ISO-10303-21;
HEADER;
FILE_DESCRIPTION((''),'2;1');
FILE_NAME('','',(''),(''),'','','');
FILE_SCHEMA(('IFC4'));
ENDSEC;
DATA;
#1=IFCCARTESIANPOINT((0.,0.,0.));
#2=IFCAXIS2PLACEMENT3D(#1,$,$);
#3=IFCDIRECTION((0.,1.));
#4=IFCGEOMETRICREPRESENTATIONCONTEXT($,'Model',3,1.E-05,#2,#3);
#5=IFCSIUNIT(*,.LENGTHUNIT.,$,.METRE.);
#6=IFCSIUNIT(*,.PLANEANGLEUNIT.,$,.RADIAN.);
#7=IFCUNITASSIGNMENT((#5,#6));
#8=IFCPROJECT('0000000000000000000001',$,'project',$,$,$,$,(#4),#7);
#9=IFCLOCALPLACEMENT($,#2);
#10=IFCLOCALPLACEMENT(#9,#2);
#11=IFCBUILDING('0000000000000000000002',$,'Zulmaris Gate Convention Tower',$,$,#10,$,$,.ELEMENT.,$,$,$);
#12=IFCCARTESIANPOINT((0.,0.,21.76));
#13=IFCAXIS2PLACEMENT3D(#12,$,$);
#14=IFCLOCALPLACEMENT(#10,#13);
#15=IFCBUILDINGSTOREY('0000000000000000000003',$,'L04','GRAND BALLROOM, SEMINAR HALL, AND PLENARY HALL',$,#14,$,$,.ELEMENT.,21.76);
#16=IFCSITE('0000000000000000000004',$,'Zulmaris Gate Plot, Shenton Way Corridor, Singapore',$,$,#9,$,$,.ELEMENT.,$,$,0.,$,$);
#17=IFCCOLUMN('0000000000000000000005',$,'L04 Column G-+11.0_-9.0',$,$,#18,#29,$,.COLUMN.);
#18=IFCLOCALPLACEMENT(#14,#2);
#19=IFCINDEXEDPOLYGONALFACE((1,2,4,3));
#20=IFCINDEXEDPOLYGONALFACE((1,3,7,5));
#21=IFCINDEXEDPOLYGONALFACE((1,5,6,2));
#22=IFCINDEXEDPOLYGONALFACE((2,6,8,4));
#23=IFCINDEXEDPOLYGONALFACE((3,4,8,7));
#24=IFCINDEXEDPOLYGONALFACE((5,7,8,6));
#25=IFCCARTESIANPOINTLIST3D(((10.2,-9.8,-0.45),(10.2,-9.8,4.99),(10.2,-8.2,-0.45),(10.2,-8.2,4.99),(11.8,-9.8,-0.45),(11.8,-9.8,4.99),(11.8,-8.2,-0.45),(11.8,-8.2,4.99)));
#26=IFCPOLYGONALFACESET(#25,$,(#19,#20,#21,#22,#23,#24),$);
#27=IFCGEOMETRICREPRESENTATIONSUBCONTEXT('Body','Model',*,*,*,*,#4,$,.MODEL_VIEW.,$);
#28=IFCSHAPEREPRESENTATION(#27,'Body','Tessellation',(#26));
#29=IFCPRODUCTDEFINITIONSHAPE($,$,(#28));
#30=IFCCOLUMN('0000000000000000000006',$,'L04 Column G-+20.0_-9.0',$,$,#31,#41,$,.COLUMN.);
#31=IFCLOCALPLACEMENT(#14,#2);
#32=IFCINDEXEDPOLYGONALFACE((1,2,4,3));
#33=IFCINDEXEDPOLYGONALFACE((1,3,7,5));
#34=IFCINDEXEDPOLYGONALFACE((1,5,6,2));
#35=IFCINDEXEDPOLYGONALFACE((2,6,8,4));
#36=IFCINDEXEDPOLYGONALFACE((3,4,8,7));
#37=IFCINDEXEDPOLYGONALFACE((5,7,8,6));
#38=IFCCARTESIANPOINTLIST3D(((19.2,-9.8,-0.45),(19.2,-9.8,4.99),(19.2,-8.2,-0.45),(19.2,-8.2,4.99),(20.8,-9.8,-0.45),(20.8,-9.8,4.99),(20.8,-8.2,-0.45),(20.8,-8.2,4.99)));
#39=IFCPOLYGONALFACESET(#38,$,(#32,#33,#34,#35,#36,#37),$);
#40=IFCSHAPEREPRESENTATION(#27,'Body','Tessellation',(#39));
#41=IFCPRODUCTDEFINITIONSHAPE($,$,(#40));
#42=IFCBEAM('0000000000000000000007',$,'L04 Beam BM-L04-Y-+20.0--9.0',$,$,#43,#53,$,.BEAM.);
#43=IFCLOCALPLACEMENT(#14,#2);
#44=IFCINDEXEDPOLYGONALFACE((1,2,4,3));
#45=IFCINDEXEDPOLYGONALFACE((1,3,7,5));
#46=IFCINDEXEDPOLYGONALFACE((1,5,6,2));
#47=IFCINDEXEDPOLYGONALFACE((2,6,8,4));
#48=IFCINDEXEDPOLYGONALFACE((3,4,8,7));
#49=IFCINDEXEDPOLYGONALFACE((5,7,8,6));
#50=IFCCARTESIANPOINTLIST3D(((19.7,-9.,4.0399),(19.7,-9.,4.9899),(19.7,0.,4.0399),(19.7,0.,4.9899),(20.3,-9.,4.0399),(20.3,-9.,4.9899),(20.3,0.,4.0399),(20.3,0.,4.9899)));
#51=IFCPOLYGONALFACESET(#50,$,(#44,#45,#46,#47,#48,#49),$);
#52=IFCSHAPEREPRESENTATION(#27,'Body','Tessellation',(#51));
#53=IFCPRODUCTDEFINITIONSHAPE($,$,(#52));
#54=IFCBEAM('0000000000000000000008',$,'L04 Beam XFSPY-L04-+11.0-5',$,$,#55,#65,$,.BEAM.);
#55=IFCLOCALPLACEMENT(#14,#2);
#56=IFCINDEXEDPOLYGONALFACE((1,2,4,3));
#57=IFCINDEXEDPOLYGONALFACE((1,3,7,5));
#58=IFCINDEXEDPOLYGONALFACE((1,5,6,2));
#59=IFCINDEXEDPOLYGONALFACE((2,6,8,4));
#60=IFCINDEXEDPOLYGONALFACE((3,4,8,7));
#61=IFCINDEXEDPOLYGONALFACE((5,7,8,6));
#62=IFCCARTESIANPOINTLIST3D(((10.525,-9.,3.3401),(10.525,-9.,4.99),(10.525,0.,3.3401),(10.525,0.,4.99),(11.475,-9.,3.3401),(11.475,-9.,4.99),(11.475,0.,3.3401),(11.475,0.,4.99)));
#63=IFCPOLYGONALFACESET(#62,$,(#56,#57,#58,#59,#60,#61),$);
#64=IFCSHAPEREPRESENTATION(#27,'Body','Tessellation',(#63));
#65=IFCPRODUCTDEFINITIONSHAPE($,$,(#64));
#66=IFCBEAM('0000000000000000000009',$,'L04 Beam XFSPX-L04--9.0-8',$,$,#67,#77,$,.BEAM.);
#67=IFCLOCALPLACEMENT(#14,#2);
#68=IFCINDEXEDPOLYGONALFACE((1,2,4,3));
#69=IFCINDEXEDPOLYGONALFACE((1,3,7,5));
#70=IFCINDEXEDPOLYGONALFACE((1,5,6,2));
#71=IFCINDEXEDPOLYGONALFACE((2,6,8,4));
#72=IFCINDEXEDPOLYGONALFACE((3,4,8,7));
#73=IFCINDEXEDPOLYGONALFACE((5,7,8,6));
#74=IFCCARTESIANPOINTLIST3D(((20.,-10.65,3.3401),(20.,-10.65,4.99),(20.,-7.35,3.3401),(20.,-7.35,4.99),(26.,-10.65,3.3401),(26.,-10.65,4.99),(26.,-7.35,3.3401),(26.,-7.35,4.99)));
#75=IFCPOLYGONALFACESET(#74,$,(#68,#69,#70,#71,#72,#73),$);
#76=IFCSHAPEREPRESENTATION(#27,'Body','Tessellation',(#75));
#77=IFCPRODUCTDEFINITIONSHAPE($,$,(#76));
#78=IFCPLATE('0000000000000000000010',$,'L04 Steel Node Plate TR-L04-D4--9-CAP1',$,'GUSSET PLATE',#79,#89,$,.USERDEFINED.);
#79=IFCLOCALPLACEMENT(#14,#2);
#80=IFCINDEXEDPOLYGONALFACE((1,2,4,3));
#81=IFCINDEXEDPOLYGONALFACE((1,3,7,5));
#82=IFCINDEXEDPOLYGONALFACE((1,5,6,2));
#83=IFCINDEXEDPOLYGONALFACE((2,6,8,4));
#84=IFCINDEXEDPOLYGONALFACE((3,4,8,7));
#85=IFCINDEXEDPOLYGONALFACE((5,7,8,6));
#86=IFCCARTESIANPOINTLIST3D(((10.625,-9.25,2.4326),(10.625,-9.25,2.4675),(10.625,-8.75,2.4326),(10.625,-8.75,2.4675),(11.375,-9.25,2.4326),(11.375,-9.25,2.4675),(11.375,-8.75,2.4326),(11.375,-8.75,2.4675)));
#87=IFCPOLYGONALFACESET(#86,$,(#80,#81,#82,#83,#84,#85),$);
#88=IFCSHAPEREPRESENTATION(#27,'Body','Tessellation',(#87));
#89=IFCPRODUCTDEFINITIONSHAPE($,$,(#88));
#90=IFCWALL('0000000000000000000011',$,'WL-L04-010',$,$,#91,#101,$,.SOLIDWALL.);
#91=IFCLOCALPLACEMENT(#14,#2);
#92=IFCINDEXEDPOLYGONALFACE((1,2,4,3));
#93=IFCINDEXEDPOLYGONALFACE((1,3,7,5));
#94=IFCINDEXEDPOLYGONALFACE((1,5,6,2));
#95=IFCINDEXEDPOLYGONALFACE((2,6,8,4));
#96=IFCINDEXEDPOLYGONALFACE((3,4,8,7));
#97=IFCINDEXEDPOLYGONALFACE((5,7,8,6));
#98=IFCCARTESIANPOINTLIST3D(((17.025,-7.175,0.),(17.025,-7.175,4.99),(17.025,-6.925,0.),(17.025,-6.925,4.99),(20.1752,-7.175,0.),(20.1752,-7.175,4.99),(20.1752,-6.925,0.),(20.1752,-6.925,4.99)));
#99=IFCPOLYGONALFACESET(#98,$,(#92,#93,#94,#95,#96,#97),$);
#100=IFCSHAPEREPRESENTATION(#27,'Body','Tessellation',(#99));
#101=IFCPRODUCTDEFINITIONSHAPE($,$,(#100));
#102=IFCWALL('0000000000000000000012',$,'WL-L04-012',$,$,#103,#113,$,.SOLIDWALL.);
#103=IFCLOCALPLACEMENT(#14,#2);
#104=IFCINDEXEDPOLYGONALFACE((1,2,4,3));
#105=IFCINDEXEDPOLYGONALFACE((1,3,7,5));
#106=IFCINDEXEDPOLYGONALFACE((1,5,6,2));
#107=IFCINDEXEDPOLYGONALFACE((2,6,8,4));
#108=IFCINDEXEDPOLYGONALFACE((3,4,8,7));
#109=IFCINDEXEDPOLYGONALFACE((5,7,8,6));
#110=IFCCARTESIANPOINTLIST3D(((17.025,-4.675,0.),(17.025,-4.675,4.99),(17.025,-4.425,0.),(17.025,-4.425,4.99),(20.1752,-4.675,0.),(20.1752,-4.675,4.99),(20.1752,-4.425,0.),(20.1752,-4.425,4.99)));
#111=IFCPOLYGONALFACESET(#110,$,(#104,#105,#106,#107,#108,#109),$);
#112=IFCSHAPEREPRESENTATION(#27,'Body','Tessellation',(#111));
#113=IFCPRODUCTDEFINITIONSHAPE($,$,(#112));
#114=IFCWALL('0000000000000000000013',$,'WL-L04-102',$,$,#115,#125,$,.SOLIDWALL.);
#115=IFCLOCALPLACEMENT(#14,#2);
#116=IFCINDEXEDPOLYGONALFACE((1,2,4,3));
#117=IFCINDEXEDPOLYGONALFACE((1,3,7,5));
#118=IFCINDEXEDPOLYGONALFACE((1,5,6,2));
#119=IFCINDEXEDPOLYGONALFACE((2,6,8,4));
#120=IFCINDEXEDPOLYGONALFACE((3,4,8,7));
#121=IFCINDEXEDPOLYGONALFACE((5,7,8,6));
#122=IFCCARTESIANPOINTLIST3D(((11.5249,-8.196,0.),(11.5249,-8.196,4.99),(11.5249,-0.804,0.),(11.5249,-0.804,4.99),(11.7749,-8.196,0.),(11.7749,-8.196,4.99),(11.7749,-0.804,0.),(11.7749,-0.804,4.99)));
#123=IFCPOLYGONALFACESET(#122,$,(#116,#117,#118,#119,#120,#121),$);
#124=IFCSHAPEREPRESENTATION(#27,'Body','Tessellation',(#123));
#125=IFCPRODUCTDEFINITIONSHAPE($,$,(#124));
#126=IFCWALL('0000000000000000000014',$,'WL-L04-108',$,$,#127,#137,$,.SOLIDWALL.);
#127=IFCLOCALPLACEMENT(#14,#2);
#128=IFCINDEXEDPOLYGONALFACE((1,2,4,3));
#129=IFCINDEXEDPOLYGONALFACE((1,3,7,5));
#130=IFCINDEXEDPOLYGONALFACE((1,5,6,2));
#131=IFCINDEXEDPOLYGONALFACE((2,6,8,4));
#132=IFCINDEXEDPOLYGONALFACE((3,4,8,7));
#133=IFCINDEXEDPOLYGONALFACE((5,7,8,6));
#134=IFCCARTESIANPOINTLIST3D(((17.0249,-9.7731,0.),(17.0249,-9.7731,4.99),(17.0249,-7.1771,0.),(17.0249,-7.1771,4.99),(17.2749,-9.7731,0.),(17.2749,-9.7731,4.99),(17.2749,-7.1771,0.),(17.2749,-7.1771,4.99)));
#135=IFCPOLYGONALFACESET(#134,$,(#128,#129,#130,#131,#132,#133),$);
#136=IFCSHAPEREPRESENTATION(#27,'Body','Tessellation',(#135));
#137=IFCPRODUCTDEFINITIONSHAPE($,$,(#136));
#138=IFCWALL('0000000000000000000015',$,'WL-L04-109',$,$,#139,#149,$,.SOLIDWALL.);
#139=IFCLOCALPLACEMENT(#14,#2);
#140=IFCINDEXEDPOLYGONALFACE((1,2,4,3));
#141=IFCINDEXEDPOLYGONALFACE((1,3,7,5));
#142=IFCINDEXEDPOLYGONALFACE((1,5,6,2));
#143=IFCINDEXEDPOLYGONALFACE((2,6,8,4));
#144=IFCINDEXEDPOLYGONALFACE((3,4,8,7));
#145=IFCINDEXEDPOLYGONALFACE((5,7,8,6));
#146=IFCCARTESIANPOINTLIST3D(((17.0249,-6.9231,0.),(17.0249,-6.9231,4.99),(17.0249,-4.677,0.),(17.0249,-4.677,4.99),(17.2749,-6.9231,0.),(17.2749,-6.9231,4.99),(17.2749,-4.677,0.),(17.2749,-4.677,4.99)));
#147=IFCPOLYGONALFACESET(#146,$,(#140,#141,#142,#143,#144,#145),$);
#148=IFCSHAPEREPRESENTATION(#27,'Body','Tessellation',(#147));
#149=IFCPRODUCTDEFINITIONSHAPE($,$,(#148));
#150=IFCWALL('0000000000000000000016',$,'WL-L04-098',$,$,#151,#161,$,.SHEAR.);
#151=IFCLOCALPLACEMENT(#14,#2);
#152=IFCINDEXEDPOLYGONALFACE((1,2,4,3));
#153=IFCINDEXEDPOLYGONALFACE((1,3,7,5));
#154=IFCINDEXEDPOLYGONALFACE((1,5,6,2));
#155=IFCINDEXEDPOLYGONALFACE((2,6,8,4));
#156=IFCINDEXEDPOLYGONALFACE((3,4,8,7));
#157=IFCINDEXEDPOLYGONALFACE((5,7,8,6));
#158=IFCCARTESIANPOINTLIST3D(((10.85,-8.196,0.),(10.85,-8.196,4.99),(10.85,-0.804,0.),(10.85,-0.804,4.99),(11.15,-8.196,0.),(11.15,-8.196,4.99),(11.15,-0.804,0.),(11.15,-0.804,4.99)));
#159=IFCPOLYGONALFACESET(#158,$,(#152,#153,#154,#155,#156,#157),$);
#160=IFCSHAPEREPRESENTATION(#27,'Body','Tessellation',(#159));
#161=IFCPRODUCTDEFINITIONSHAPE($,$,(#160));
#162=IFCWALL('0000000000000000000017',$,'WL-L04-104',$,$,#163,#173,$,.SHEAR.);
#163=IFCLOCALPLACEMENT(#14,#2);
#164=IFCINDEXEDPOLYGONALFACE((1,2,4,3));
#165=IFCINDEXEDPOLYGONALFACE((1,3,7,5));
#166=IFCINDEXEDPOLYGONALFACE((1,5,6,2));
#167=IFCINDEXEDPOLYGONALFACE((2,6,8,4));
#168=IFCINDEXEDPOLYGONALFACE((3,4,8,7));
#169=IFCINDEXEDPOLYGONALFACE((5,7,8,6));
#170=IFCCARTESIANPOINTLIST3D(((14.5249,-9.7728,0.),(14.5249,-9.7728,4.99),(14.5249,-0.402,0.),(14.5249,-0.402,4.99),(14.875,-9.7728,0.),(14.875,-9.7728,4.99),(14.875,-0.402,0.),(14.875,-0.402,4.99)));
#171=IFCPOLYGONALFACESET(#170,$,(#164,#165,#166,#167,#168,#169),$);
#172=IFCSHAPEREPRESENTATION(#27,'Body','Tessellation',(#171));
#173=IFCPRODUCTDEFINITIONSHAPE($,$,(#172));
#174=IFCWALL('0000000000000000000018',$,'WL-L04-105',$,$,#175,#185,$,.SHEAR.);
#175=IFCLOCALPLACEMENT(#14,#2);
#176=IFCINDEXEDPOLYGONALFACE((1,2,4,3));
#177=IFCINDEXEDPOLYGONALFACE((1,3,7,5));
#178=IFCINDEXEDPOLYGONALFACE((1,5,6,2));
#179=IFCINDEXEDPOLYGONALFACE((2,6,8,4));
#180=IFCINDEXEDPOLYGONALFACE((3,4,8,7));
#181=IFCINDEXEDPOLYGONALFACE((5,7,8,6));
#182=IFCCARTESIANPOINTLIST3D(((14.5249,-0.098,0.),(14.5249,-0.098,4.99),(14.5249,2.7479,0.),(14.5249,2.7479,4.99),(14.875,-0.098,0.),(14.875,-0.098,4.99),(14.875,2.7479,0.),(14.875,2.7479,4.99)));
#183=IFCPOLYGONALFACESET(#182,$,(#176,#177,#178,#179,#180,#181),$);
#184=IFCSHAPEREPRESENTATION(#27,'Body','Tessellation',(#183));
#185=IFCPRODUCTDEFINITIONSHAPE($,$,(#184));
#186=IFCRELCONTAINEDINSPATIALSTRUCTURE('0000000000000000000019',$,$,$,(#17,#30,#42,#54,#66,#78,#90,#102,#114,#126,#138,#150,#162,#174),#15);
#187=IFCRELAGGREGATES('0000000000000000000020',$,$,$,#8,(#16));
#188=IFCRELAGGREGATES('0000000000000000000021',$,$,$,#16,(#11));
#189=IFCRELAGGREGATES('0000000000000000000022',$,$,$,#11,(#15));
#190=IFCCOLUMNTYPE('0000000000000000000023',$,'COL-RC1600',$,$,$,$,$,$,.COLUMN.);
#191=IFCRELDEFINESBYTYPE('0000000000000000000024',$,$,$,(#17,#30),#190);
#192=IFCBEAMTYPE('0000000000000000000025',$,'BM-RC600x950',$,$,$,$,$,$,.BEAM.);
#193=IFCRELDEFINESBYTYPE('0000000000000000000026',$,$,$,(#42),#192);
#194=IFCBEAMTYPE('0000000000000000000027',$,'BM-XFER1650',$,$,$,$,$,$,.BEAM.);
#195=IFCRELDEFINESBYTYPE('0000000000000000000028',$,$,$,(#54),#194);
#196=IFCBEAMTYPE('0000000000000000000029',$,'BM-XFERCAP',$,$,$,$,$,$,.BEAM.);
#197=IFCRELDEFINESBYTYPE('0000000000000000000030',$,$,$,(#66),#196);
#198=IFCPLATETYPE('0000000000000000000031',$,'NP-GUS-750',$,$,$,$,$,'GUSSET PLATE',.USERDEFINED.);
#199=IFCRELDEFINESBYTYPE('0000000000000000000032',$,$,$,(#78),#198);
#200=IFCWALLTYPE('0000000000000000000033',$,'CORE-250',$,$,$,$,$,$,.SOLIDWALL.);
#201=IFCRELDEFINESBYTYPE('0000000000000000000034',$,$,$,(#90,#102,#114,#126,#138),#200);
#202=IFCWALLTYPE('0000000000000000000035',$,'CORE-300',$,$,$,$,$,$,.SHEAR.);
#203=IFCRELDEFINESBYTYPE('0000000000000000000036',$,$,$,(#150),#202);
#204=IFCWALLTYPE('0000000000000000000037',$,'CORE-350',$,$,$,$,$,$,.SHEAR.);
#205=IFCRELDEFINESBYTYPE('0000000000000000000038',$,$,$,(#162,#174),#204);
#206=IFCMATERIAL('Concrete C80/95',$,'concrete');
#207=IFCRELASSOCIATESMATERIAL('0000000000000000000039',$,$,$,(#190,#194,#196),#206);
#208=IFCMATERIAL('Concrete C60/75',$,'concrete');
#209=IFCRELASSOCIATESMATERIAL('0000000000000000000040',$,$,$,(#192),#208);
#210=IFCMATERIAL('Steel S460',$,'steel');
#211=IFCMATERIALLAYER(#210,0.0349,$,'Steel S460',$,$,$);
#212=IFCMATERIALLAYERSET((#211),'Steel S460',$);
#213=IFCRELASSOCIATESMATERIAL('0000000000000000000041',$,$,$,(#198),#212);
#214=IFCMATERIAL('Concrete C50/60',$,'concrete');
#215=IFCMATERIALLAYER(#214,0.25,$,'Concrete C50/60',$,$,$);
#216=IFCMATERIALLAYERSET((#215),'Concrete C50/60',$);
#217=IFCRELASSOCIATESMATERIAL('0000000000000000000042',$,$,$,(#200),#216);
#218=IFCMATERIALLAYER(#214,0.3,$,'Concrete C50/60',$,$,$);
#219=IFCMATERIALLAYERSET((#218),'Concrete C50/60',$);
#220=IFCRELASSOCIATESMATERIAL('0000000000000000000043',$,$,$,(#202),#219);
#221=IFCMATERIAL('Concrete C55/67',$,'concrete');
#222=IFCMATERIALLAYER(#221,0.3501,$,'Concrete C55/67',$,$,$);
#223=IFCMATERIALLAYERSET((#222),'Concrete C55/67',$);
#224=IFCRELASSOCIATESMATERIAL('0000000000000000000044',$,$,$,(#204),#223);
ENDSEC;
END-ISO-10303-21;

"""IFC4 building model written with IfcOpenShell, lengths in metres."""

from ifc_helpers import new_model, si_unit, direction, frame, frame_2d, origin, origin_2d, place, context, subcontext, project, spatial, rectangle, extrude, material, layer, layer_set, material_profile, profile_set, type_object, element, save


model = new_model("IFC4")

# Units and contexts
model_context = context("Model", 3, precision=1e-05, world=origin(), true_north=direction((0.0, 1.0)))
body_context = subcontext(model_context, "Body", "Model", "MODEL_VIEW")
ifc_project = project(units=[si_unit("LENGTHUNIT", "METRE"), si_unit("PLANEANGLEUNIT", "RADIAN")], contexts=[model_context])

# Site, building, storey
site_placement = place(None, origin())
site = spatial("IfcSite", under=ifc_project, at=site_placement, Name="Zulmaris Gate Plot, Shenton Way Corridor, Singapore", CompositionType="ELEMENT", RefElevation=0.0)
building_placement = place(site_placement, origin())
building = spatial("IfcBuilding", under=site, at=building_placement, Name="Zulmaris Gate Convention Tower", CompositionType="ELEMENT")
storey_placement = place(building_placement, frame((0.0, 0.0, 21.76)))
storey = spatial("IfcBuildingStorey", under=building, at=storey_placement, Name="L04", Description="GRAND BALLROOM, SEMINAR HALL, AND PLENARY HALL", CompositionType="ELEMENT", Elevation=21.76)

# Columns
ifc_material_1 = material(Name="Concrete C80/95", Category="concrete")
ifc_material_profile_1 = material_profile(ifc_material_1, rectangle(XDim=1.6001, YDim=1.6001, at=origin_2d()), Name="RC COL 1600x1600")
ifc_profile_set_1 = profile_set([ifc_material_profile_1], Name="Concrete C80/95")
column_type = type_object("IfcColumnType", Name="COL-RC1600", PredefinedType="COLUMN", material=ifc_profile_set_1)
for number, where, z_axis, x_axis, name in (
    (1, (11.0, -9.0, -0.45), (0.0, 0.0, 1.0), (1.0, 0.0, 0.0), "L04 Column G-+11.0_-9.0"),
    (2, (20.0, -9.0, -0.45), (0.0, 0.0, 1.0), (1.0, 0.0, 0.0), "L04 Column G-+20.0_-9.0"),
):
    element("IfcColumn", number, at=place(storey_placement, frame(where, z_axis=z_axis, x_axis=x_axis)), inside=storey, type_object=column_type, Name=name, PredefinedType="COLUMN", context=body_context, shape_type="SweptSolid", body=[
        extrude(rectangle(XDim=1.6001, YDim=1.6001, at=origin_2d()), origin(), (0.0, 0.0, 1.0), 5.4399),
    ])

# Beams
ifc_material_2 = material(Name="Concrete C60/75", Category="concrete")
ifc_material_profile_2 = material_profile(ifc_material_2, rectangle(XDim=0.6001, YDim=0.95, at=origin_2d()), Name="RC BEAM 600x950")
ifc_profile_set_2 = profile_set([ifc_material_profile_2], Name="Concrete C60/75")
beam_type_1 = type_object("IfcBeamType", Name="BM-RC600x950", PredefinedType="BEAM", material=ifc_profile_set_2)
beam_1_placement = place(storey_placement, frame((20.0, -9.0, 4.5149), z_axis=(0.0, 1.0, 0.0), x_axis=(-1.0, 0.0, 0.0)))
element("IfcBeam", 3, at=beam_1_placement, inside=storey, type_object=beam_type_1, Name="L04 Beam BM-L04-Y-+20.0--9.0", PredefinedType="BEAM", context=body_context, shape_type="SweptSolid", body=[
    extrude(rectangle(XDim=0.6001, YDim=0.95, at=origin_2d()), origin(), (0.0, 0.0, 1.0), 9.0),
])
ifc_material_profile_3 = material_profile(ifc_material_1, rectangle(XDim=0.95, YDim=1.6499, at=origin_2d()), Name="RC TRANSFER 950x1650")
ifc_profile_set_3 = profile_set([ifc_material_profile_3], Name="Concrete C80/95")
beam_type_2 = type_object("IfcBeamType", Name="BM-XFER1650", PredefinedType="BEAM", material=ifc_profile_set_3)
beam_2_placement = place(storey_placement, frame((11.0, -9.0, 4.165), z_axis=(0.0, 1.0, 0.0), x_axis=(-1.0, 0.0, 0.0)))
element("IfcBeam", 4, at=beam_2_placement, inside=storey, type_object=beam_type_2, Name="L04 Beam XFSPY-L04-+11.0-5", PredefinedType="BEAM", context=body_context, shape_type="SweptSolid", body=[
    extrude(rectangle(XDim=0.95, YDim=1.6499, at=origin_2d()), origin(), (0.0, 0.0, 1.0), 9.0),
])
ifc_material_profile_4 = material_profile(ifc_material_1, rectangle(XDim=3.3, YDim=1.6499, at=origin_2d()), Name="RC TRANSFER 3300x1650")
ifc_profile_set_4 = profile_set([ifc_material_profile_4], Name="Concrete C80/95")
beam_type_3 = type_object("IfcBeamType", Name="BM-XFERCAP", PredefinedType="BEAM", material=ifc_profile_set_4)
beam_3_placement = place(storey_placement, frame((20.0, -9.0, 4.165), z_axis=(1.0, 0.0, 0.0), x_axis=(0.0, 1.0, 0.0)))
element("IfcBeam", 5, at=beam_3_placement, inside=storey, type_object=beam_type_3, Name="L04 Beam XFSPX-L04--9.0-8", PredefinedType="BEAM", context=body_context, shape_type="SweptSolid", body=[
    extrude(rectangle(XDim=3.3, YDim=1.6499, at=origin_2d()), origin(), (0.0, 0.0, 1.0), 6.0),
])

# Plate
ifc_material_3 = material(Name="Steel S460", Category="steel")
ifc_layer_1 = layer(ifc_material_3, 0.0349, Name="Steel S460")
ifc_layer_set_1 = layer_set([ifc_layer_1], Name="Steel S460")
plate_type = type_object("IfcPlateType", Name="NP-GUS-750", ElementType="GUSSET PLATE", PredefinedType="USERDEFINED", material=ifc_layer_set_1)
plate_placement = place(storey_placement, frame((11.0, -9.0, 2.4326), z_axis=(0.0, 0.0, 1.0), x_axis=(1.0, 0.0, 0.0)))
element("IfcPlate", 6, at=plate_placement, inside=storey, type_object=plate_type, Name="L04 Steel Node Plate TR-L04-D4--9-CAP1", ObjectType="GUSSET PLATE", PredefinedType="USERDEFINED", context=body_context, shape_type="SweptSolid", body=[
    extrude(rectangle(XDim=0.75, YDim=0.5, at=origin_2d()), origin(), (0.0, 0.0, 1.0), 0.0349),
])

# Walls
ifc_material_4 = material(Name="Concrete C50/60", Category="concrete")
ifc_layer_2 = layer(ifc_material_4, 0.25, Name="Concrete C50/60")
ifc_layer_set_2 = layer_set([ifc_layer_2], Name="Concrete C50/60")
wall_type_1 = type_object("IfcWallType", Name="CORE-250", PredefinedType="SOLIDWALL", material=ifc_layer_set_2)
for number, where, z_axis, x_axis, name in (
    (7, (17.0249, -7.05, 0.0), (0.0, 0.0, 1.0), (1.0, 0.0, 0.0), "WL-L04-010"),
    (8, (17.0249, -4.55, 0.0), (0.0, 0.0, 1.0), (1.0, 0.0, 0.0), "WL-L04-012"),
):
    element("IfcWall", number, at=place(storey_placement, frame(where, z_axis=z_axis, x_axis=x_axis)), inside=storey, type_object=wall_type_1, Name=name, PredefinedType="SOLIDWALL", context=body_context, shape_type="SweptSolid", body=[
        extrude(rectangle(XDim=3.1501, YDim=0.25, at=frame_2d((1.5752, 0.0))), origin(), (0.0, 0.0, 1.0), 4.99),
    ])
wall_1_placement = place(storey_placement, frame((11.6499, -8.196, 0.0), z_axis=(0.0, 0.0, 1.0), x_axis=(0.0, 1.0, 0.0)))
element("IfcWall", 9, at=wall_1_placement, inside=storey, type_object=wall_type_1, Name="WL-L04-102", PredefinedType="SOLIDWALL", context=body_context, shape_type="SweptSolid", body=[
    extrude(rectangle(XDim=7.3921, YDim=0.25, at=frame_2d((3.696, 0.0))), origin(), (0.0, 0.0, 1.0), 4.99),
])
wall_2_placement = place(storey_placement, frame((17.1499, -9.7729, 0.0), z_axis=(0.0, 0.0, 1.0), x_axis=(0.0, 1.0, 0.0)))
element("IfcWall", 10, at=wall_2_placement, inside=storey, type_object=wall_type_1, Name="WL-L04-108", PredefinedType="SOLIDWALL", context=body_context, shape_type="SweptSolid", body=[
    extrude(rectangle(XDim=2.5959, YDim=0.25, at=frame_2d((1.2979, 0.0))), origin(), (0.0, 0.0, 1.0), 4.99),
])
wall_3_placement = place(storey_placement, frame((17.1499, -6.9231, 0.0), z_axis=(0.0, 0.0, 1.0), x_axis=(0.0, 1.0, 0.0)))
element("IfcWall", 11, at=wall_3_placement, inside=storey, type_object=wall_type_1, Name="WL-L04-109", PredefinedType="SOLIDWALL", context=body_context, shape_type="SweptSolid", body=[
    extrude(rectangle(XDim=2.2461, YDim=0.25, at=frame_2d((1.123, 0.0))), origin(), (0.0, 0.0, 1.0), 4.99),
])

# Shared definitions
ifc_layer_3 = layer(ifc_material_4, 0.3, Name="Concrete C50/60")
ifc_layer_set_3 = layer_set([ifc_layer_3], Name="Concrete C50/60")
wall_type_2 = type_object("IfcWallType", Name="CORE-300", PredefinedType="SHEAR", material=ifc_layer_set_3)

# Wall
wall_4_placement = place(storey_placement, frame((11.0, -8.196, 0.0), z_axis=(0.0, 0.0, 1.0), x_axis=(0.0, 1.0, 0.0)))
element("IfcWall", 12, at=wall_4_placement, inside=storey, type_object=wall_type_2, Name="WL-L04-098", PredefinedType="SHEAR", context=body_context, shape_type="SweptSolid", body=[
    extrude(rectangle(XDim=7.3921, YDim=0.3, at=frame_2d((3.696, 0.0))), origin(), (0.0, 0.0, 1.0), 4.99),
])

# Shared definitions
ifc_material_5 = material(Name="Concrete C55/67", Category="concrete")
ifc_layer_4 = layer(ifc_material_5, 0.3501, Name="Concrete C55/67")
ifc_layer_set_4 = layer_set([ifc_layer_4], Name="Concrete C55/67")
wall_type_3 = type_object("IfcWallType", Name="CORE-350", PredefinedType="SHEAR", material=ifc_layer_set_4)

# Walls
wall_5_placement = place(storey_placement, frame((14.7, -9.7729, 0.0), z_axis=(0.0, 0.0, 1.0), x_axis=(0.0, 1.0, 0.0)))
element("IfcWall", 13, at=wall_5_placement, inside=storey, type_object=wall_type_3, Name="WL-L04-104", PredefinedType="SHEAR", context=body_context, shape_type="SweptSolid", body=[
    extrude(rectangle(XDim=9.3708, YDim=0.3501, at=frame_2d((4.6855, 0.0))), origin(), (0.0, 0.0, 1.0), 4.99),
])
wall_6_placement = place(storey_placement, frame((14.7, -0.0979, 0.0), z_axis=(0.0, 0.0, 1.0), x_axis=(0.0, 1.0, 0.0)))
element("IfcWall", 14, at=wall_6_placement, inside=storey, type_object=wall_type_3, Name="WL-L04-105", PredefinedType="SHEAR", context=body_context, shape_type="SweptSolid", body=[
    extrude(rectangle(XDim=2.8459, YDim=0.3501, at=frame_2d((1.4229, 0.0))), origin(), (0.0, 0.0, 1.0), 4.99),
])

save(model, "model.ifc")
